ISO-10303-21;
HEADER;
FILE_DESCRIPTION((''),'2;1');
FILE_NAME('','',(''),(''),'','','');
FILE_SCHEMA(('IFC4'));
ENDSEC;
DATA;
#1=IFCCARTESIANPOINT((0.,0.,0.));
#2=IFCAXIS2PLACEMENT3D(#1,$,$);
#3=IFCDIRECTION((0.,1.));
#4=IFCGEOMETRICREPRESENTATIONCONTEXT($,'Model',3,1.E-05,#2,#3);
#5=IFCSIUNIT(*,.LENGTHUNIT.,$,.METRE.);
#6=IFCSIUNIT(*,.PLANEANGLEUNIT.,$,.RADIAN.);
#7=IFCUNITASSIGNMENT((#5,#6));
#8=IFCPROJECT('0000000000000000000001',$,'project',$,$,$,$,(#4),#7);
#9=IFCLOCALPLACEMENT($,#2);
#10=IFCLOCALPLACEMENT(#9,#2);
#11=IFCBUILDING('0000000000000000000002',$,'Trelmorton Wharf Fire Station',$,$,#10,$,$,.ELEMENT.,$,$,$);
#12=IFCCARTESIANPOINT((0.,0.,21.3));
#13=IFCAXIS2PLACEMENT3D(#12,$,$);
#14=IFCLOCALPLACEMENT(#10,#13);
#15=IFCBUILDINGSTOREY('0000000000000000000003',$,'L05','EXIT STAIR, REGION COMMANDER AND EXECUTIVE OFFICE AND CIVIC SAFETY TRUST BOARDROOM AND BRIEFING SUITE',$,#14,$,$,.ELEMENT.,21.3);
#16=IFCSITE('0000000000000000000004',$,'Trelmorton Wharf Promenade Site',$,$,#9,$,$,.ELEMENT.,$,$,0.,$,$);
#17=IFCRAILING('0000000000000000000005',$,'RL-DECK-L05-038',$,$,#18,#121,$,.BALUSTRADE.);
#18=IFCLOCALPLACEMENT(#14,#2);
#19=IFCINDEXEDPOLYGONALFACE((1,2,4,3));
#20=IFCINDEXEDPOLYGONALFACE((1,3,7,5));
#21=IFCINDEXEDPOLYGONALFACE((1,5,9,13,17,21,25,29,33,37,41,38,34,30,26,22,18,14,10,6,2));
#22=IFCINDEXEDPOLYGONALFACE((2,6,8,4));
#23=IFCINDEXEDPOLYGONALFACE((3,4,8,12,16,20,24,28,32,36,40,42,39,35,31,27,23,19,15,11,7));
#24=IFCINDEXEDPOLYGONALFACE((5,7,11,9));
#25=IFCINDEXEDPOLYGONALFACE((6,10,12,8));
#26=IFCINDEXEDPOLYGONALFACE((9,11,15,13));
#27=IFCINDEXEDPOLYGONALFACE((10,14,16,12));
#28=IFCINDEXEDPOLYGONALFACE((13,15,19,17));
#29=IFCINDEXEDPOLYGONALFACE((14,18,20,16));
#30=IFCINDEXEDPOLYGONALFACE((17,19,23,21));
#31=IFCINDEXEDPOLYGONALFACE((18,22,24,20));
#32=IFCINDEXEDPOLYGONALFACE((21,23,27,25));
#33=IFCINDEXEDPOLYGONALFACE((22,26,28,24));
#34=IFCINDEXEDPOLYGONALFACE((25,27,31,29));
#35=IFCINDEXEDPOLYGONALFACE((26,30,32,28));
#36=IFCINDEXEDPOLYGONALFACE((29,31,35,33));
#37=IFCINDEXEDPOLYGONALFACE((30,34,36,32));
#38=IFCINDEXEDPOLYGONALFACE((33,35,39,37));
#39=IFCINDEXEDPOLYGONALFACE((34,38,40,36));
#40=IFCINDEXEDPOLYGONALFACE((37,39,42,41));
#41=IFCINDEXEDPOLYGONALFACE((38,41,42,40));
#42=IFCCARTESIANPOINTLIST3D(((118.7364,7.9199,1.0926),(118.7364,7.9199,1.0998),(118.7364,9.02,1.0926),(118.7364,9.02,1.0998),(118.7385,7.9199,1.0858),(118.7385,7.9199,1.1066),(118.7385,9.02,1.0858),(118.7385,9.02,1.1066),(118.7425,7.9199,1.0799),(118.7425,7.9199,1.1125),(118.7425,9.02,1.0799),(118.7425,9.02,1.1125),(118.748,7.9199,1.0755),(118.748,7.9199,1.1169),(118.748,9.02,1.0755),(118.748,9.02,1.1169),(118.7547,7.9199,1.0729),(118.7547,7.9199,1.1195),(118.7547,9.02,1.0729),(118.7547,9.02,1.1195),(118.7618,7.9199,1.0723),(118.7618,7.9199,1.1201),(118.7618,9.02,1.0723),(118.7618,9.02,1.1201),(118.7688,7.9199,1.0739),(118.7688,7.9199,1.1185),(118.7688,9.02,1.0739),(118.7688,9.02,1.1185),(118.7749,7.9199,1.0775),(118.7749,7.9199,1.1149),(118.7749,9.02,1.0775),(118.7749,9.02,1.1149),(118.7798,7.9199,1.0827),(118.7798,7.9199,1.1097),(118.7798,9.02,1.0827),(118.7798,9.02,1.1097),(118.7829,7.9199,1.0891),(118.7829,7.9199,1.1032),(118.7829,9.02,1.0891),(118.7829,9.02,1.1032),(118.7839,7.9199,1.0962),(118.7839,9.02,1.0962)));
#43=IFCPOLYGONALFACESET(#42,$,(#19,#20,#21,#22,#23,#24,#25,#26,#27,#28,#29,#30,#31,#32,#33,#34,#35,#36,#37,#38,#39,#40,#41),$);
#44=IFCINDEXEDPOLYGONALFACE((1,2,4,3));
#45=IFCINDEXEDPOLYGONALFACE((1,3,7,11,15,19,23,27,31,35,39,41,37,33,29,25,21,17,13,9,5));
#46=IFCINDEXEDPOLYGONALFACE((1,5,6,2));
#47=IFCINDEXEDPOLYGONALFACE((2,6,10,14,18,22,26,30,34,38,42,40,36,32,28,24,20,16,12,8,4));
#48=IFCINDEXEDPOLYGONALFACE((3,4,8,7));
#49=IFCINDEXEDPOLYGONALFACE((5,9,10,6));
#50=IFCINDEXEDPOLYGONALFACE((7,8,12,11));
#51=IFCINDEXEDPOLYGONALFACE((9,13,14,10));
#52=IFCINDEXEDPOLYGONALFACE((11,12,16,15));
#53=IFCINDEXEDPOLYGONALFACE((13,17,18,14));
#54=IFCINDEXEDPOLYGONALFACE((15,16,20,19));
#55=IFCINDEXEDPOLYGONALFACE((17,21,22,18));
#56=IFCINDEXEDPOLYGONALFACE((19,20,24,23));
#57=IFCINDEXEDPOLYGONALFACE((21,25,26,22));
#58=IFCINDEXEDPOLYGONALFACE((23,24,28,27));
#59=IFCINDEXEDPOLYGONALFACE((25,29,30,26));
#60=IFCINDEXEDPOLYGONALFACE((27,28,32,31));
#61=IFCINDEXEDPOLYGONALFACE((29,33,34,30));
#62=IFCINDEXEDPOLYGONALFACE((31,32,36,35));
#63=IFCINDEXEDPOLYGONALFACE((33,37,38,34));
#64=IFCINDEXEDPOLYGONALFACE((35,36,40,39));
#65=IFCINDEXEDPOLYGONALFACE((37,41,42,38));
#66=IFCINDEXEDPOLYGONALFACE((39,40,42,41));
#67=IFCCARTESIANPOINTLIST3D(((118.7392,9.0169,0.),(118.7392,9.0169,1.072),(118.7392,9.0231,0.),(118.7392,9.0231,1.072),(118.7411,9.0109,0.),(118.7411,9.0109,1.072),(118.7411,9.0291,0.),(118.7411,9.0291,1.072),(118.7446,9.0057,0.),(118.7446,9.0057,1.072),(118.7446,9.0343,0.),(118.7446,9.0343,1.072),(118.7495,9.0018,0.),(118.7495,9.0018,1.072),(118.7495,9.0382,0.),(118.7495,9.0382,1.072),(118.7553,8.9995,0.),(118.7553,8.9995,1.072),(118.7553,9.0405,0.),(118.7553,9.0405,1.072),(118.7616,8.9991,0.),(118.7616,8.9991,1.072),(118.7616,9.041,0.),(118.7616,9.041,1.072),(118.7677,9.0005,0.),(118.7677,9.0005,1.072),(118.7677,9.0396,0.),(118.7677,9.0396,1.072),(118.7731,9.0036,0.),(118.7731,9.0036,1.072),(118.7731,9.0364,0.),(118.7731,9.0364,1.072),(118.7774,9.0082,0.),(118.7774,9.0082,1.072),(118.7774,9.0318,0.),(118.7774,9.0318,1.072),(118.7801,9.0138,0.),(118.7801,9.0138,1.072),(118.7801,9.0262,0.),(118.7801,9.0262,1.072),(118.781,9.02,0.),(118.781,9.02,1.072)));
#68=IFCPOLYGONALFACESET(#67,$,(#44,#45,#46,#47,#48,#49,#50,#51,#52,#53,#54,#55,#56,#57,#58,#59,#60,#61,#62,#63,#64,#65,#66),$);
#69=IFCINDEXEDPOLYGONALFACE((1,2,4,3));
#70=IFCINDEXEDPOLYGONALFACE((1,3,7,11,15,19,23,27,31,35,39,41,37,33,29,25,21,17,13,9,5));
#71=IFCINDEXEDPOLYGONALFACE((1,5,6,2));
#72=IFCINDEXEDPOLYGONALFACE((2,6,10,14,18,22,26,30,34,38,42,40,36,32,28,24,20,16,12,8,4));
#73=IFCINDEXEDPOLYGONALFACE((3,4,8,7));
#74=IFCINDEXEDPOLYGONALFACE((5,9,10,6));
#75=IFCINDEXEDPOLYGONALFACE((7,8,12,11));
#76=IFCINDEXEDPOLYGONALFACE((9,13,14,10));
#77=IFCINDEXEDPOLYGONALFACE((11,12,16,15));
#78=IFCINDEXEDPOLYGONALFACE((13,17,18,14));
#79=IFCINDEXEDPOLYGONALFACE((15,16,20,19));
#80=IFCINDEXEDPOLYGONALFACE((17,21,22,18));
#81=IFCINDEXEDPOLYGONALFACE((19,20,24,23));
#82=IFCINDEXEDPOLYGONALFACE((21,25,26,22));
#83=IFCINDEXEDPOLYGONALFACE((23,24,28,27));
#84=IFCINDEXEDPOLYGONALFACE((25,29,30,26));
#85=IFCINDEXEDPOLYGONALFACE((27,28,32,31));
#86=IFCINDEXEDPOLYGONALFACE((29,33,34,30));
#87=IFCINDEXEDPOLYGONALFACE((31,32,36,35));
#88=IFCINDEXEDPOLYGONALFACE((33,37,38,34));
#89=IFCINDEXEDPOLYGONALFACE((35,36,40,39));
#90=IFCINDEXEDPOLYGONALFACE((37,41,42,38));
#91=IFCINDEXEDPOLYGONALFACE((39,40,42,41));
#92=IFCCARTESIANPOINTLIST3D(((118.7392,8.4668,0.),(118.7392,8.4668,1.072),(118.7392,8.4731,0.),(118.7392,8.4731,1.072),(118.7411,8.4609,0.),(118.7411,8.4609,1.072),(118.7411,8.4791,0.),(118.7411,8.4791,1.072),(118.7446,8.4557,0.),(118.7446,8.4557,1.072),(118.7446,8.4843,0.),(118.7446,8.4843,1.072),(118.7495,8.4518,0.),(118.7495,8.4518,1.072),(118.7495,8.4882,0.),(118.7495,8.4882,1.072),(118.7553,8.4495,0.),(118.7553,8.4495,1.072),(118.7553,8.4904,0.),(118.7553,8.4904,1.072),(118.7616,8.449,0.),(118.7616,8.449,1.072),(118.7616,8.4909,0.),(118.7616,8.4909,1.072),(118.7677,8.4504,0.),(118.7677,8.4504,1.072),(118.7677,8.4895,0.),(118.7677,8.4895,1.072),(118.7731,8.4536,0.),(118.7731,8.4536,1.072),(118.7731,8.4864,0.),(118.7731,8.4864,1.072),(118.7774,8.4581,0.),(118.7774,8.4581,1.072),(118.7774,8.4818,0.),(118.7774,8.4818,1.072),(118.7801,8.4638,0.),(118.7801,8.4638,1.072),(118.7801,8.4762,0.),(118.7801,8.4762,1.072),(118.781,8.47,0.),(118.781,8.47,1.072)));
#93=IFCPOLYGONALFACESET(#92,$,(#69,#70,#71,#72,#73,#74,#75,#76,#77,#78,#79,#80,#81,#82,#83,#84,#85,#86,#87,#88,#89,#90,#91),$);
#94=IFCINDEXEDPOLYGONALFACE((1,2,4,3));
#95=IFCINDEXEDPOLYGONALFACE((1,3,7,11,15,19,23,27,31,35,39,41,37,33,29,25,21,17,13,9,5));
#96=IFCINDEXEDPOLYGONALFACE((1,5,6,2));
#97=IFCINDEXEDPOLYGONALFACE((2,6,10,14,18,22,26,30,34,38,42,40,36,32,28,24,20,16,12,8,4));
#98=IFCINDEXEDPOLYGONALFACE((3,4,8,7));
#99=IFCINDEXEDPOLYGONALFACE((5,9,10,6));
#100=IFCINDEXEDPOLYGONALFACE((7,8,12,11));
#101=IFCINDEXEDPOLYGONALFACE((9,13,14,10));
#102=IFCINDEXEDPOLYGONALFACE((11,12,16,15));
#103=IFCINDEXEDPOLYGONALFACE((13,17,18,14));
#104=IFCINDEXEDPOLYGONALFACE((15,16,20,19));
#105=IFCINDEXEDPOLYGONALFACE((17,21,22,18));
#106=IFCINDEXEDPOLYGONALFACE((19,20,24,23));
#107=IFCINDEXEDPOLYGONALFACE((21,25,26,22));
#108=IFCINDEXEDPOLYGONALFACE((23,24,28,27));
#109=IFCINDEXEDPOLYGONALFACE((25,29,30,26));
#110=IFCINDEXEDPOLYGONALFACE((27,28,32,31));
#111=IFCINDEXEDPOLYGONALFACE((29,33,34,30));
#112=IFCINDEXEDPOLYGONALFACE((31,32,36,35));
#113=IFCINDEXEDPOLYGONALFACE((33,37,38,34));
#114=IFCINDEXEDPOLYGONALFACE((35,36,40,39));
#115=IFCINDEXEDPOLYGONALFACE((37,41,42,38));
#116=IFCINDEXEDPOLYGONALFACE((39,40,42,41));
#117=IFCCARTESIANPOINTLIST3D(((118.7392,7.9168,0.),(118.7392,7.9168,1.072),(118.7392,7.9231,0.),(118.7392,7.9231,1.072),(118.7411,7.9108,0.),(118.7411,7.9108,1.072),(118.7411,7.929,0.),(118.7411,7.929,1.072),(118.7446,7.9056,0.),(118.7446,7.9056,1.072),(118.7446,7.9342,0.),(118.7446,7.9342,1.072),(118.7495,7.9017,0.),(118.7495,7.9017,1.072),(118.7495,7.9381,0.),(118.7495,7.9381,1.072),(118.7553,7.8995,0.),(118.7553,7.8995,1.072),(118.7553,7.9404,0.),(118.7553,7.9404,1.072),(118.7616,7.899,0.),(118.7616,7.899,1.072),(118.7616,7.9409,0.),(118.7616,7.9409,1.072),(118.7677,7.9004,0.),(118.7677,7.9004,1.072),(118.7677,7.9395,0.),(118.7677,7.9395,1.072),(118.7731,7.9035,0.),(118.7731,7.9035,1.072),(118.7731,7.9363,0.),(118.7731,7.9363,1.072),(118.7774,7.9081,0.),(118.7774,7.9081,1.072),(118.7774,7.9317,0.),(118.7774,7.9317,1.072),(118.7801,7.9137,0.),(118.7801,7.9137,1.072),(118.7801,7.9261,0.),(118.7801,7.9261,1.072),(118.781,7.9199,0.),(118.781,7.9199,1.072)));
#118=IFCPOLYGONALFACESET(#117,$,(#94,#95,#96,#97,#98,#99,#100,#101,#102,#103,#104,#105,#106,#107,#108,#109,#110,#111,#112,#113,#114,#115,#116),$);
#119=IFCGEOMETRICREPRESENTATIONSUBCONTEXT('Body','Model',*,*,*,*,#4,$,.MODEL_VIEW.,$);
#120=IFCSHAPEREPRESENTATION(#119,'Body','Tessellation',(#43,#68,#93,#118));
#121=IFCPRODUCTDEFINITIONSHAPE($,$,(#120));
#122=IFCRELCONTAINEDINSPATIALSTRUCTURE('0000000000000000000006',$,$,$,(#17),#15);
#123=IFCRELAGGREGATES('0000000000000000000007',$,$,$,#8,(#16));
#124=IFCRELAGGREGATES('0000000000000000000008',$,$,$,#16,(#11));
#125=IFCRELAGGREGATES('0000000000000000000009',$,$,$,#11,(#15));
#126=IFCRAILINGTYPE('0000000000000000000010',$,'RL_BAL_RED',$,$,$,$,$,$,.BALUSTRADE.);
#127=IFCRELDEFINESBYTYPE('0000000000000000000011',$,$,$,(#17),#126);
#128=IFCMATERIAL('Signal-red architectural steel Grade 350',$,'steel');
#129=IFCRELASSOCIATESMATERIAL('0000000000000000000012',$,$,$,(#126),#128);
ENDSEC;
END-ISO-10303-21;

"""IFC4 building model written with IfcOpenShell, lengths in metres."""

from ifc_helpers import new_model, si_unit, direction, frame, origin, origin_2d, place, context, subcontext, project, spatial, circle, extrude, material, type_object, element, save


model = new_model("IFC4")

# Units and contexts
model_context = context("Model", 3, precision=1e-05, world=origin(), true_north=direction((0.0, 1.0)))
body_context = subcontext(model_context, "Body", "Model", "MODEL_VIEW")
ifc_project = project(units=[si_unit("LENGTHUNIT", "METRE"), si_unit("PLANEANGLEUNIT", "RADIAN")], contexts=[model_context])

# Site, building, storey
site_placement = place(None, origin())
site = spatial("IfcSite", under=ifc_project, at=site_placement, Name="Trelmorton Wharf Promenade Site", CompositionType="ELEMENT", RefElevation=0.0)
building_placement = place(site_placement, origin())
building = spatial("IfcBuilding", under=site, at=building_placement, Name="Trelmorton Wharf Fire Station", CompositionType="ELEMENT")
storey_placement = place(building_placement, frame((0.0, 0.0, 21.3)))
storey = spatial("IfcBuildingStorey", under=building, at=storey_placement, Name="L05", Description="EXIT STAIR, REGION COMMANDER AND EXECUTIVE OFFICE AND CIVIC SAFETY TRUST BOARDROOM AND BRIEFING SUITE", CompositionType="ELEMENT", Elevation=21.3)

# Shared definitions
ifc_material_1 = material(Name="Signal-red architectural steel Grade 350", Category="steel")

# Railing
railing_type = type_object("IfcRailingType", Name="RL_BAL_RED", PredefinedType="BALUSTRADE", material=ifc_material_1)
railing_1_placement = place(storey_placement, frame((118.76, 9.02, 0.0)))
element("IfcRailing", 1, at=railing_1_placement, inside=storey, type_object=railing_type, Name="RL-DECK-L05-038", PredefinedType="BALUSTRADE", context=body_context, shape_type="SweptSolid", body=[
    extrude(circle(Radius=0.0239, at=origin_2d()), frame((0.0, 0.0, 1.0962), z_axis=(0.0, -1.0, 0.0), x_axis=(1.0, 0.0, 0.0)), (0.0, 0.0, 1.0), 1.1001),
    extrude(circle(Radius=0.021, at=origin_2d()), origin(), (0.0, 0.0, 1.0), 1.072),
    extrude(circle(Radius=0.021, at=origin_2d()), frame((0.0, -0.55, 0.0)), (0.0, 0.0, 1.0), 1.072),
    extrude(circle(Radius=0.021, at=origin_2d()), frame((0.0, -1.1001, 0.0)), (0.0, 0.0, 1.0), 1.072),
])

save(model, "model.ifc")
